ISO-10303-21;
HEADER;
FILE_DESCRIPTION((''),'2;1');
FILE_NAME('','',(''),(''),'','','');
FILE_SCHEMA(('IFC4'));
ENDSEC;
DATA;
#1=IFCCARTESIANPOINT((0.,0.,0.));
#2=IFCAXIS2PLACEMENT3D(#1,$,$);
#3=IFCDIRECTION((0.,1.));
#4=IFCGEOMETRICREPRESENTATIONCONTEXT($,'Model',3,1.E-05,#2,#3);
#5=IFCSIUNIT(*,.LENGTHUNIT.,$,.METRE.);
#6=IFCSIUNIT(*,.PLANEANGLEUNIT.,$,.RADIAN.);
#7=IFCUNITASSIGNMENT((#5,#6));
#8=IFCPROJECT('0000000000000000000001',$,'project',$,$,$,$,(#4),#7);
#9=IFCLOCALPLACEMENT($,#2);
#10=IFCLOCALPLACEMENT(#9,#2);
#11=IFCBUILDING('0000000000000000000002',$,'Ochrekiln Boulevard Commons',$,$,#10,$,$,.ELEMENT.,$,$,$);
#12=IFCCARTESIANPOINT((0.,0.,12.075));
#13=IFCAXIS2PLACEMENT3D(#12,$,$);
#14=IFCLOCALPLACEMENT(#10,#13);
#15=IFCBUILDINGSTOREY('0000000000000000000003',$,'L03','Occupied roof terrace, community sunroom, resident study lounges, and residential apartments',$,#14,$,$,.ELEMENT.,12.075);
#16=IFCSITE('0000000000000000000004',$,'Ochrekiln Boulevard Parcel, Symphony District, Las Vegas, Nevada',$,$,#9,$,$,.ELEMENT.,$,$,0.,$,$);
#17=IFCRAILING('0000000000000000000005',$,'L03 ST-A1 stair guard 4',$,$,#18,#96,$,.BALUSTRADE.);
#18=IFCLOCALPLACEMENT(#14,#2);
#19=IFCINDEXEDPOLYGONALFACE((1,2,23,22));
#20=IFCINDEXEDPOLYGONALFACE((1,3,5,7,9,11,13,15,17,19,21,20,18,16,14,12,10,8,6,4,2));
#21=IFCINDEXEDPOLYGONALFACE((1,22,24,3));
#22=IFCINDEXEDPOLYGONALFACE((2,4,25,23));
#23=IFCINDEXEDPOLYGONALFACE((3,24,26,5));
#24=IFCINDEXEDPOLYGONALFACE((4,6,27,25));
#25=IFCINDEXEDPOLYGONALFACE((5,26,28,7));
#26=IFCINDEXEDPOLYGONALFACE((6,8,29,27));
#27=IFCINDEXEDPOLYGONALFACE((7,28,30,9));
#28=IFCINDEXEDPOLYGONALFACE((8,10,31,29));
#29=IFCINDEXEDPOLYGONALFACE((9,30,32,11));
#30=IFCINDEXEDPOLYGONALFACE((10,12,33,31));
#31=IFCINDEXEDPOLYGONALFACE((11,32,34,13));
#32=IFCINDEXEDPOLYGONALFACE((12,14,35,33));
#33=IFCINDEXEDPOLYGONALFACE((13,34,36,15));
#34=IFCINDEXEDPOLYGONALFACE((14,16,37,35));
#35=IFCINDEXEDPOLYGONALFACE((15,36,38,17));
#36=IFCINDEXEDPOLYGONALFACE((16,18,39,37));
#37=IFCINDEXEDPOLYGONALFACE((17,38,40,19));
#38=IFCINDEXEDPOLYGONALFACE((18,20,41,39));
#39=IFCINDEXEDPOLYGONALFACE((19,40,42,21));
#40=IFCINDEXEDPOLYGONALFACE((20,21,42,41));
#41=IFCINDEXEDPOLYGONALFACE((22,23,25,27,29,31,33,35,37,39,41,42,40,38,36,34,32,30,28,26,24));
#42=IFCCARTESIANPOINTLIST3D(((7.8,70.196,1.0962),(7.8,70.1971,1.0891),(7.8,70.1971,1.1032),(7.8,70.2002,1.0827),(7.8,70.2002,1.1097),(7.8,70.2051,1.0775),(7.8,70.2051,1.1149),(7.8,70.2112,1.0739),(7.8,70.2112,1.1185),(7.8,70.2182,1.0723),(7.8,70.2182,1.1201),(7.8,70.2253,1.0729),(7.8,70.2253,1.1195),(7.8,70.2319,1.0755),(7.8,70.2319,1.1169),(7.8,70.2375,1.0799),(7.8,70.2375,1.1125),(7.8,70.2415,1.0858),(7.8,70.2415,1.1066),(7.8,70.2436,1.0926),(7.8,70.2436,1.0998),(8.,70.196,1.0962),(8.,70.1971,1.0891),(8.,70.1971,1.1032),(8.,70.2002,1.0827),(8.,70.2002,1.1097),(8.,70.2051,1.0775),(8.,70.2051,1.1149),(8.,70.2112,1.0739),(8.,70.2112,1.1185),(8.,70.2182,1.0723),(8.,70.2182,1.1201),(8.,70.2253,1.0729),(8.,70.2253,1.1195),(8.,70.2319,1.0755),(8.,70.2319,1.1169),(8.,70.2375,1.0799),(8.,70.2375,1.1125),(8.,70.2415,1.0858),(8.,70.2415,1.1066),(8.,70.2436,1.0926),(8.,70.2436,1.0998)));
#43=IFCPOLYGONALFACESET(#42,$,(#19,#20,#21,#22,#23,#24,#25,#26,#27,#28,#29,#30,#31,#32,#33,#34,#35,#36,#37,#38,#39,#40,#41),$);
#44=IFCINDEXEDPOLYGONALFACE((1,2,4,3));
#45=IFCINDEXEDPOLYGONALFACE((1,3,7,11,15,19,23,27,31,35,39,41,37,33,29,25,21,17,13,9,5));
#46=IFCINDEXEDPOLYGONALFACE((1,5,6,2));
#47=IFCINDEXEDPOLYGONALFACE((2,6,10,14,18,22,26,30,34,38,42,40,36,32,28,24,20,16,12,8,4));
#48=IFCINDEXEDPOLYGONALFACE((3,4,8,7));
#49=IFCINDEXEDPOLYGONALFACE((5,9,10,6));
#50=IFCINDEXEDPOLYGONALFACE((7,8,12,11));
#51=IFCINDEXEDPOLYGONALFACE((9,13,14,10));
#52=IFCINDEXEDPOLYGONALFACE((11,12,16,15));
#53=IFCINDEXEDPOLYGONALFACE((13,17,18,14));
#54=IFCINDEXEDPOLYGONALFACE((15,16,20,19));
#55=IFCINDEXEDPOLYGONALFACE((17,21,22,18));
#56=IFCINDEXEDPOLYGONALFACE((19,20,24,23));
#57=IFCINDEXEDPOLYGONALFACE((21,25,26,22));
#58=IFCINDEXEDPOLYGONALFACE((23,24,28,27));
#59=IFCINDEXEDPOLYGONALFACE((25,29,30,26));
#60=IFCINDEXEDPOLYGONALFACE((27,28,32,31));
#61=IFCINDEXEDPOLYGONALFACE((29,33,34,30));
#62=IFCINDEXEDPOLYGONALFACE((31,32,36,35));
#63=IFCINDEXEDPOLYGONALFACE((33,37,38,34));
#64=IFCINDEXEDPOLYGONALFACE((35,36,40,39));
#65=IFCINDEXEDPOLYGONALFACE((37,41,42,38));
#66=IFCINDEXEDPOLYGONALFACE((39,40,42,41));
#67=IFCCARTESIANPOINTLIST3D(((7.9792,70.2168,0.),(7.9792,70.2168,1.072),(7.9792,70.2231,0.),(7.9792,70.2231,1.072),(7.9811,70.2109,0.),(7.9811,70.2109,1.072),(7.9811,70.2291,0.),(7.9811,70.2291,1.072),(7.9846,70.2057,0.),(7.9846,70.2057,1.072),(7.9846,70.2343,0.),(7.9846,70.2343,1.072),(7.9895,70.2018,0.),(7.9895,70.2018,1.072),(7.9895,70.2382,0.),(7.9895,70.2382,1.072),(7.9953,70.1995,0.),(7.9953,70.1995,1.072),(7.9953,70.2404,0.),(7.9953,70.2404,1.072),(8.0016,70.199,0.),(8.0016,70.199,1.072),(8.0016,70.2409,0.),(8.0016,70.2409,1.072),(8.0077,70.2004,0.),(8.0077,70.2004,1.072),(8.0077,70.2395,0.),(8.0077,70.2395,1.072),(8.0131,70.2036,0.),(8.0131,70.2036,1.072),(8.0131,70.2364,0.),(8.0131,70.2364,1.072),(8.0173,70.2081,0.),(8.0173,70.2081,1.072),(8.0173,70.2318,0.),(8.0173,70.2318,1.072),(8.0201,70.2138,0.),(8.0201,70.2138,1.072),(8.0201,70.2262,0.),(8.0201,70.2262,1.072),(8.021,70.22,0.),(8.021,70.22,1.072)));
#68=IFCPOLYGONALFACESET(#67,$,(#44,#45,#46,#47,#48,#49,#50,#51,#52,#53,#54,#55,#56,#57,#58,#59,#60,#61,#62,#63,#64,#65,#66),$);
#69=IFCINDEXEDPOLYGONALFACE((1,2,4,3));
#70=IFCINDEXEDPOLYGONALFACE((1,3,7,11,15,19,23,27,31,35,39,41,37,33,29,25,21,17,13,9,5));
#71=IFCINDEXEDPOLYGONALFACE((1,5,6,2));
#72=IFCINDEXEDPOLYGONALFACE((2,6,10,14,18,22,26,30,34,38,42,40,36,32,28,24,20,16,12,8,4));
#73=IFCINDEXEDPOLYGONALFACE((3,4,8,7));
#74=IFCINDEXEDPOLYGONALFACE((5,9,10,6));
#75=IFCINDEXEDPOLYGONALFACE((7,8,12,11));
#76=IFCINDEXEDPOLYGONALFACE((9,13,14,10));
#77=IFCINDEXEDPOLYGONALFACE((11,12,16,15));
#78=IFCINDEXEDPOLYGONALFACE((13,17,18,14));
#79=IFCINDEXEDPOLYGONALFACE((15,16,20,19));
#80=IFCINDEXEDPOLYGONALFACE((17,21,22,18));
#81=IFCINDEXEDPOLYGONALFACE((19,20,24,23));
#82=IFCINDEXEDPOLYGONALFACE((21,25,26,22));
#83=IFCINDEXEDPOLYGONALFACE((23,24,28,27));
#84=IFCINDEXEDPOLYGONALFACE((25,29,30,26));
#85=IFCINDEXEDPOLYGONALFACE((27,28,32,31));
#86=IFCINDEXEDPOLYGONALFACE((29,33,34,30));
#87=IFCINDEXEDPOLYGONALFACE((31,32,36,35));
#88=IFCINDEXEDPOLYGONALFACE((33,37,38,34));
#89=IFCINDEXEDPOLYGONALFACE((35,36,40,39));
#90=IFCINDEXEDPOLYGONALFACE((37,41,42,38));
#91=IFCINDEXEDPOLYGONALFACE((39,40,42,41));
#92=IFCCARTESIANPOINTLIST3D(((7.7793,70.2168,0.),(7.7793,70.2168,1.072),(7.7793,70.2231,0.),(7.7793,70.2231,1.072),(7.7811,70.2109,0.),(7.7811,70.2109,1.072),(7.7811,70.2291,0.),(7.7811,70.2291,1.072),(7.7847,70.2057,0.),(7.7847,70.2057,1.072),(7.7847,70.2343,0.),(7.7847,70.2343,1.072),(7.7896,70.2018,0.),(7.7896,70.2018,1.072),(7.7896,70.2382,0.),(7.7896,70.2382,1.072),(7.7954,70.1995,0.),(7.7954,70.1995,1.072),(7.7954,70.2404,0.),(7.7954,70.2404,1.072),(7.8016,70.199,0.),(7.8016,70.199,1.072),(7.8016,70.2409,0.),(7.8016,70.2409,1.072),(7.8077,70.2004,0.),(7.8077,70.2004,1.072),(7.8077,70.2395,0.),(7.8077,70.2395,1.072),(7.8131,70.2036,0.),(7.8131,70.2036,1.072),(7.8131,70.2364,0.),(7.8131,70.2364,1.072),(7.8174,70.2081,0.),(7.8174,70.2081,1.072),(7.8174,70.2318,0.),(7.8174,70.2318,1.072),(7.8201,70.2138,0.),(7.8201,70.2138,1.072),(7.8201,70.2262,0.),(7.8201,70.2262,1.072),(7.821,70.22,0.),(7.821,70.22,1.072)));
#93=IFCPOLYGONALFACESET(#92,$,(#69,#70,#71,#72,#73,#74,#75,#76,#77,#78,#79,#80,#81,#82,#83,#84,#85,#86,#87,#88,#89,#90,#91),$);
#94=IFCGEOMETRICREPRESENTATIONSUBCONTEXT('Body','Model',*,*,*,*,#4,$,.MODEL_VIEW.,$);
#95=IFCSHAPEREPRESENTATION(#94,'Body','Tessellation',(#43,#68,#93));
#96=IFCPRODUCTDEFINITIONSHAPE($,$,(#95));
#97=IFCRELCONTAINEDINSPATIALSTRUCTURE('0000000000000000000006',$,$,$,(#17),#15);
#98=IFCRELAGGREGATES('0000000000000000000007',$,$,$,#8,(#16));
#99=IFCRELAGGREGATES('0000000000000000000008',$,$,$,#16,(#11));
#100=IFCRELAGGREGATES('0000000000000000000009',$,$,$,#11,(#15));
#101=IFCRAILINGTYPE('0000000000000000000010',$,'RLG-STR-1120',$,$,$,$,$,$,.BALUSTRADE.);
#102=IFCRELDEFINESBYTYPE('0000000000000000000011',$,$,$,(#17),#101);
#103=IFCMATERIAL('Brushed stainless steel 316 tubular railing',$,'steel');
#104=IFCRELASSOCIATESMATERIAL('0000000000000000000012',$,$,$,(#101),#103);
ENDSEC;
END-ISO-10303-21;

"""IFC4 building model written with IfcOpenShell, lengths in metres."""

from ifc_helpers import new_model, si_unit, direction, frame, origin, origin_2d, place, context, subcontext, project, spatial, circle, extrude, material, type_object, element, save


model = new_model("IFC4")

# Units and contexts
model_context = context("Model", 3, precision=1e-05, world=origin(), true_north=direction((0.0, 1.0)))
body_context = subcontext(model_context, "Body", "Model", "MODEL_VIEW")
ifc_project = project(units=[si_unit("LENGTHUNIT", "METRE"), si_unit("PLANEANGLEUNIT", "RADIAN")], contexts=[model_context])

# Site, building, storey
site_placement = place(None, origin())
site = spatial("IfcSite", under=ifc_project, at=site_placement, Name="Ochrekiln Boulevard Parcel, Symphony District, Las Vegas, Nevada", CompositionType="ELEMENT", RefElevation=0.0)
building_placement = place(site_placement, origin())
building = spatial("IfcBuilding", under=site, at=building_placement, Name="Ochrekiln Boulevard Commons", CompositionType="ELEMENT")
storey_placement = place(building_placement, frame((0.0, 0.0, 12.075)))
storey = spatial("IfcBuildingStorey", under=building, at=storey_placement, Name="L03", Description="Occupied roof terrace, community sunroom, resident study lounges, and residential apartments", CompositionType="ELEMENT", Elevation=12.075)

# Railing
ifc_material_1 = material(Name="Brushed stainless steel 316 tubular railing", Category="steel")
railing_type_1 = type_object("IfcRailingType", Name="RLG-STR-1120", PredefinedType="BALUSTRADE", material=ifc_material_1)
railing_1_placement = place(storey_placement, frame((8.0, 70.22, 0.0)))
element("IfcRailing", 1, at=railing_1_placement, inside=storey, type_object=railing_type_1, Name="L03 ST-A1 stair guard 4", PredefinedType="BALUSTRADE", context=body_context, shape_type="SweptSolid", body=[
    extrude(circle(Radius=0.0239, at=origin_2d()), frame((0.0, 0.0, 1.0962), z_axis=(-1.0, 0.0, 0.0), x_axis=(0.0, -1.0, 0.0)), (0.0, 0.0, 1.0), 0.2),
    extrude(circle(Radius=0.021, at=origin_2d()), origin(), (0.0, 0.0, 1.0), 1.072),
    extrude(circle(Radius=0.021, at=origin_2d()), frame((-0.2, 0.0, 0.0)), (0.0, 0.0, 1.0), 1.072),
])

save(model, "model.ifc")
